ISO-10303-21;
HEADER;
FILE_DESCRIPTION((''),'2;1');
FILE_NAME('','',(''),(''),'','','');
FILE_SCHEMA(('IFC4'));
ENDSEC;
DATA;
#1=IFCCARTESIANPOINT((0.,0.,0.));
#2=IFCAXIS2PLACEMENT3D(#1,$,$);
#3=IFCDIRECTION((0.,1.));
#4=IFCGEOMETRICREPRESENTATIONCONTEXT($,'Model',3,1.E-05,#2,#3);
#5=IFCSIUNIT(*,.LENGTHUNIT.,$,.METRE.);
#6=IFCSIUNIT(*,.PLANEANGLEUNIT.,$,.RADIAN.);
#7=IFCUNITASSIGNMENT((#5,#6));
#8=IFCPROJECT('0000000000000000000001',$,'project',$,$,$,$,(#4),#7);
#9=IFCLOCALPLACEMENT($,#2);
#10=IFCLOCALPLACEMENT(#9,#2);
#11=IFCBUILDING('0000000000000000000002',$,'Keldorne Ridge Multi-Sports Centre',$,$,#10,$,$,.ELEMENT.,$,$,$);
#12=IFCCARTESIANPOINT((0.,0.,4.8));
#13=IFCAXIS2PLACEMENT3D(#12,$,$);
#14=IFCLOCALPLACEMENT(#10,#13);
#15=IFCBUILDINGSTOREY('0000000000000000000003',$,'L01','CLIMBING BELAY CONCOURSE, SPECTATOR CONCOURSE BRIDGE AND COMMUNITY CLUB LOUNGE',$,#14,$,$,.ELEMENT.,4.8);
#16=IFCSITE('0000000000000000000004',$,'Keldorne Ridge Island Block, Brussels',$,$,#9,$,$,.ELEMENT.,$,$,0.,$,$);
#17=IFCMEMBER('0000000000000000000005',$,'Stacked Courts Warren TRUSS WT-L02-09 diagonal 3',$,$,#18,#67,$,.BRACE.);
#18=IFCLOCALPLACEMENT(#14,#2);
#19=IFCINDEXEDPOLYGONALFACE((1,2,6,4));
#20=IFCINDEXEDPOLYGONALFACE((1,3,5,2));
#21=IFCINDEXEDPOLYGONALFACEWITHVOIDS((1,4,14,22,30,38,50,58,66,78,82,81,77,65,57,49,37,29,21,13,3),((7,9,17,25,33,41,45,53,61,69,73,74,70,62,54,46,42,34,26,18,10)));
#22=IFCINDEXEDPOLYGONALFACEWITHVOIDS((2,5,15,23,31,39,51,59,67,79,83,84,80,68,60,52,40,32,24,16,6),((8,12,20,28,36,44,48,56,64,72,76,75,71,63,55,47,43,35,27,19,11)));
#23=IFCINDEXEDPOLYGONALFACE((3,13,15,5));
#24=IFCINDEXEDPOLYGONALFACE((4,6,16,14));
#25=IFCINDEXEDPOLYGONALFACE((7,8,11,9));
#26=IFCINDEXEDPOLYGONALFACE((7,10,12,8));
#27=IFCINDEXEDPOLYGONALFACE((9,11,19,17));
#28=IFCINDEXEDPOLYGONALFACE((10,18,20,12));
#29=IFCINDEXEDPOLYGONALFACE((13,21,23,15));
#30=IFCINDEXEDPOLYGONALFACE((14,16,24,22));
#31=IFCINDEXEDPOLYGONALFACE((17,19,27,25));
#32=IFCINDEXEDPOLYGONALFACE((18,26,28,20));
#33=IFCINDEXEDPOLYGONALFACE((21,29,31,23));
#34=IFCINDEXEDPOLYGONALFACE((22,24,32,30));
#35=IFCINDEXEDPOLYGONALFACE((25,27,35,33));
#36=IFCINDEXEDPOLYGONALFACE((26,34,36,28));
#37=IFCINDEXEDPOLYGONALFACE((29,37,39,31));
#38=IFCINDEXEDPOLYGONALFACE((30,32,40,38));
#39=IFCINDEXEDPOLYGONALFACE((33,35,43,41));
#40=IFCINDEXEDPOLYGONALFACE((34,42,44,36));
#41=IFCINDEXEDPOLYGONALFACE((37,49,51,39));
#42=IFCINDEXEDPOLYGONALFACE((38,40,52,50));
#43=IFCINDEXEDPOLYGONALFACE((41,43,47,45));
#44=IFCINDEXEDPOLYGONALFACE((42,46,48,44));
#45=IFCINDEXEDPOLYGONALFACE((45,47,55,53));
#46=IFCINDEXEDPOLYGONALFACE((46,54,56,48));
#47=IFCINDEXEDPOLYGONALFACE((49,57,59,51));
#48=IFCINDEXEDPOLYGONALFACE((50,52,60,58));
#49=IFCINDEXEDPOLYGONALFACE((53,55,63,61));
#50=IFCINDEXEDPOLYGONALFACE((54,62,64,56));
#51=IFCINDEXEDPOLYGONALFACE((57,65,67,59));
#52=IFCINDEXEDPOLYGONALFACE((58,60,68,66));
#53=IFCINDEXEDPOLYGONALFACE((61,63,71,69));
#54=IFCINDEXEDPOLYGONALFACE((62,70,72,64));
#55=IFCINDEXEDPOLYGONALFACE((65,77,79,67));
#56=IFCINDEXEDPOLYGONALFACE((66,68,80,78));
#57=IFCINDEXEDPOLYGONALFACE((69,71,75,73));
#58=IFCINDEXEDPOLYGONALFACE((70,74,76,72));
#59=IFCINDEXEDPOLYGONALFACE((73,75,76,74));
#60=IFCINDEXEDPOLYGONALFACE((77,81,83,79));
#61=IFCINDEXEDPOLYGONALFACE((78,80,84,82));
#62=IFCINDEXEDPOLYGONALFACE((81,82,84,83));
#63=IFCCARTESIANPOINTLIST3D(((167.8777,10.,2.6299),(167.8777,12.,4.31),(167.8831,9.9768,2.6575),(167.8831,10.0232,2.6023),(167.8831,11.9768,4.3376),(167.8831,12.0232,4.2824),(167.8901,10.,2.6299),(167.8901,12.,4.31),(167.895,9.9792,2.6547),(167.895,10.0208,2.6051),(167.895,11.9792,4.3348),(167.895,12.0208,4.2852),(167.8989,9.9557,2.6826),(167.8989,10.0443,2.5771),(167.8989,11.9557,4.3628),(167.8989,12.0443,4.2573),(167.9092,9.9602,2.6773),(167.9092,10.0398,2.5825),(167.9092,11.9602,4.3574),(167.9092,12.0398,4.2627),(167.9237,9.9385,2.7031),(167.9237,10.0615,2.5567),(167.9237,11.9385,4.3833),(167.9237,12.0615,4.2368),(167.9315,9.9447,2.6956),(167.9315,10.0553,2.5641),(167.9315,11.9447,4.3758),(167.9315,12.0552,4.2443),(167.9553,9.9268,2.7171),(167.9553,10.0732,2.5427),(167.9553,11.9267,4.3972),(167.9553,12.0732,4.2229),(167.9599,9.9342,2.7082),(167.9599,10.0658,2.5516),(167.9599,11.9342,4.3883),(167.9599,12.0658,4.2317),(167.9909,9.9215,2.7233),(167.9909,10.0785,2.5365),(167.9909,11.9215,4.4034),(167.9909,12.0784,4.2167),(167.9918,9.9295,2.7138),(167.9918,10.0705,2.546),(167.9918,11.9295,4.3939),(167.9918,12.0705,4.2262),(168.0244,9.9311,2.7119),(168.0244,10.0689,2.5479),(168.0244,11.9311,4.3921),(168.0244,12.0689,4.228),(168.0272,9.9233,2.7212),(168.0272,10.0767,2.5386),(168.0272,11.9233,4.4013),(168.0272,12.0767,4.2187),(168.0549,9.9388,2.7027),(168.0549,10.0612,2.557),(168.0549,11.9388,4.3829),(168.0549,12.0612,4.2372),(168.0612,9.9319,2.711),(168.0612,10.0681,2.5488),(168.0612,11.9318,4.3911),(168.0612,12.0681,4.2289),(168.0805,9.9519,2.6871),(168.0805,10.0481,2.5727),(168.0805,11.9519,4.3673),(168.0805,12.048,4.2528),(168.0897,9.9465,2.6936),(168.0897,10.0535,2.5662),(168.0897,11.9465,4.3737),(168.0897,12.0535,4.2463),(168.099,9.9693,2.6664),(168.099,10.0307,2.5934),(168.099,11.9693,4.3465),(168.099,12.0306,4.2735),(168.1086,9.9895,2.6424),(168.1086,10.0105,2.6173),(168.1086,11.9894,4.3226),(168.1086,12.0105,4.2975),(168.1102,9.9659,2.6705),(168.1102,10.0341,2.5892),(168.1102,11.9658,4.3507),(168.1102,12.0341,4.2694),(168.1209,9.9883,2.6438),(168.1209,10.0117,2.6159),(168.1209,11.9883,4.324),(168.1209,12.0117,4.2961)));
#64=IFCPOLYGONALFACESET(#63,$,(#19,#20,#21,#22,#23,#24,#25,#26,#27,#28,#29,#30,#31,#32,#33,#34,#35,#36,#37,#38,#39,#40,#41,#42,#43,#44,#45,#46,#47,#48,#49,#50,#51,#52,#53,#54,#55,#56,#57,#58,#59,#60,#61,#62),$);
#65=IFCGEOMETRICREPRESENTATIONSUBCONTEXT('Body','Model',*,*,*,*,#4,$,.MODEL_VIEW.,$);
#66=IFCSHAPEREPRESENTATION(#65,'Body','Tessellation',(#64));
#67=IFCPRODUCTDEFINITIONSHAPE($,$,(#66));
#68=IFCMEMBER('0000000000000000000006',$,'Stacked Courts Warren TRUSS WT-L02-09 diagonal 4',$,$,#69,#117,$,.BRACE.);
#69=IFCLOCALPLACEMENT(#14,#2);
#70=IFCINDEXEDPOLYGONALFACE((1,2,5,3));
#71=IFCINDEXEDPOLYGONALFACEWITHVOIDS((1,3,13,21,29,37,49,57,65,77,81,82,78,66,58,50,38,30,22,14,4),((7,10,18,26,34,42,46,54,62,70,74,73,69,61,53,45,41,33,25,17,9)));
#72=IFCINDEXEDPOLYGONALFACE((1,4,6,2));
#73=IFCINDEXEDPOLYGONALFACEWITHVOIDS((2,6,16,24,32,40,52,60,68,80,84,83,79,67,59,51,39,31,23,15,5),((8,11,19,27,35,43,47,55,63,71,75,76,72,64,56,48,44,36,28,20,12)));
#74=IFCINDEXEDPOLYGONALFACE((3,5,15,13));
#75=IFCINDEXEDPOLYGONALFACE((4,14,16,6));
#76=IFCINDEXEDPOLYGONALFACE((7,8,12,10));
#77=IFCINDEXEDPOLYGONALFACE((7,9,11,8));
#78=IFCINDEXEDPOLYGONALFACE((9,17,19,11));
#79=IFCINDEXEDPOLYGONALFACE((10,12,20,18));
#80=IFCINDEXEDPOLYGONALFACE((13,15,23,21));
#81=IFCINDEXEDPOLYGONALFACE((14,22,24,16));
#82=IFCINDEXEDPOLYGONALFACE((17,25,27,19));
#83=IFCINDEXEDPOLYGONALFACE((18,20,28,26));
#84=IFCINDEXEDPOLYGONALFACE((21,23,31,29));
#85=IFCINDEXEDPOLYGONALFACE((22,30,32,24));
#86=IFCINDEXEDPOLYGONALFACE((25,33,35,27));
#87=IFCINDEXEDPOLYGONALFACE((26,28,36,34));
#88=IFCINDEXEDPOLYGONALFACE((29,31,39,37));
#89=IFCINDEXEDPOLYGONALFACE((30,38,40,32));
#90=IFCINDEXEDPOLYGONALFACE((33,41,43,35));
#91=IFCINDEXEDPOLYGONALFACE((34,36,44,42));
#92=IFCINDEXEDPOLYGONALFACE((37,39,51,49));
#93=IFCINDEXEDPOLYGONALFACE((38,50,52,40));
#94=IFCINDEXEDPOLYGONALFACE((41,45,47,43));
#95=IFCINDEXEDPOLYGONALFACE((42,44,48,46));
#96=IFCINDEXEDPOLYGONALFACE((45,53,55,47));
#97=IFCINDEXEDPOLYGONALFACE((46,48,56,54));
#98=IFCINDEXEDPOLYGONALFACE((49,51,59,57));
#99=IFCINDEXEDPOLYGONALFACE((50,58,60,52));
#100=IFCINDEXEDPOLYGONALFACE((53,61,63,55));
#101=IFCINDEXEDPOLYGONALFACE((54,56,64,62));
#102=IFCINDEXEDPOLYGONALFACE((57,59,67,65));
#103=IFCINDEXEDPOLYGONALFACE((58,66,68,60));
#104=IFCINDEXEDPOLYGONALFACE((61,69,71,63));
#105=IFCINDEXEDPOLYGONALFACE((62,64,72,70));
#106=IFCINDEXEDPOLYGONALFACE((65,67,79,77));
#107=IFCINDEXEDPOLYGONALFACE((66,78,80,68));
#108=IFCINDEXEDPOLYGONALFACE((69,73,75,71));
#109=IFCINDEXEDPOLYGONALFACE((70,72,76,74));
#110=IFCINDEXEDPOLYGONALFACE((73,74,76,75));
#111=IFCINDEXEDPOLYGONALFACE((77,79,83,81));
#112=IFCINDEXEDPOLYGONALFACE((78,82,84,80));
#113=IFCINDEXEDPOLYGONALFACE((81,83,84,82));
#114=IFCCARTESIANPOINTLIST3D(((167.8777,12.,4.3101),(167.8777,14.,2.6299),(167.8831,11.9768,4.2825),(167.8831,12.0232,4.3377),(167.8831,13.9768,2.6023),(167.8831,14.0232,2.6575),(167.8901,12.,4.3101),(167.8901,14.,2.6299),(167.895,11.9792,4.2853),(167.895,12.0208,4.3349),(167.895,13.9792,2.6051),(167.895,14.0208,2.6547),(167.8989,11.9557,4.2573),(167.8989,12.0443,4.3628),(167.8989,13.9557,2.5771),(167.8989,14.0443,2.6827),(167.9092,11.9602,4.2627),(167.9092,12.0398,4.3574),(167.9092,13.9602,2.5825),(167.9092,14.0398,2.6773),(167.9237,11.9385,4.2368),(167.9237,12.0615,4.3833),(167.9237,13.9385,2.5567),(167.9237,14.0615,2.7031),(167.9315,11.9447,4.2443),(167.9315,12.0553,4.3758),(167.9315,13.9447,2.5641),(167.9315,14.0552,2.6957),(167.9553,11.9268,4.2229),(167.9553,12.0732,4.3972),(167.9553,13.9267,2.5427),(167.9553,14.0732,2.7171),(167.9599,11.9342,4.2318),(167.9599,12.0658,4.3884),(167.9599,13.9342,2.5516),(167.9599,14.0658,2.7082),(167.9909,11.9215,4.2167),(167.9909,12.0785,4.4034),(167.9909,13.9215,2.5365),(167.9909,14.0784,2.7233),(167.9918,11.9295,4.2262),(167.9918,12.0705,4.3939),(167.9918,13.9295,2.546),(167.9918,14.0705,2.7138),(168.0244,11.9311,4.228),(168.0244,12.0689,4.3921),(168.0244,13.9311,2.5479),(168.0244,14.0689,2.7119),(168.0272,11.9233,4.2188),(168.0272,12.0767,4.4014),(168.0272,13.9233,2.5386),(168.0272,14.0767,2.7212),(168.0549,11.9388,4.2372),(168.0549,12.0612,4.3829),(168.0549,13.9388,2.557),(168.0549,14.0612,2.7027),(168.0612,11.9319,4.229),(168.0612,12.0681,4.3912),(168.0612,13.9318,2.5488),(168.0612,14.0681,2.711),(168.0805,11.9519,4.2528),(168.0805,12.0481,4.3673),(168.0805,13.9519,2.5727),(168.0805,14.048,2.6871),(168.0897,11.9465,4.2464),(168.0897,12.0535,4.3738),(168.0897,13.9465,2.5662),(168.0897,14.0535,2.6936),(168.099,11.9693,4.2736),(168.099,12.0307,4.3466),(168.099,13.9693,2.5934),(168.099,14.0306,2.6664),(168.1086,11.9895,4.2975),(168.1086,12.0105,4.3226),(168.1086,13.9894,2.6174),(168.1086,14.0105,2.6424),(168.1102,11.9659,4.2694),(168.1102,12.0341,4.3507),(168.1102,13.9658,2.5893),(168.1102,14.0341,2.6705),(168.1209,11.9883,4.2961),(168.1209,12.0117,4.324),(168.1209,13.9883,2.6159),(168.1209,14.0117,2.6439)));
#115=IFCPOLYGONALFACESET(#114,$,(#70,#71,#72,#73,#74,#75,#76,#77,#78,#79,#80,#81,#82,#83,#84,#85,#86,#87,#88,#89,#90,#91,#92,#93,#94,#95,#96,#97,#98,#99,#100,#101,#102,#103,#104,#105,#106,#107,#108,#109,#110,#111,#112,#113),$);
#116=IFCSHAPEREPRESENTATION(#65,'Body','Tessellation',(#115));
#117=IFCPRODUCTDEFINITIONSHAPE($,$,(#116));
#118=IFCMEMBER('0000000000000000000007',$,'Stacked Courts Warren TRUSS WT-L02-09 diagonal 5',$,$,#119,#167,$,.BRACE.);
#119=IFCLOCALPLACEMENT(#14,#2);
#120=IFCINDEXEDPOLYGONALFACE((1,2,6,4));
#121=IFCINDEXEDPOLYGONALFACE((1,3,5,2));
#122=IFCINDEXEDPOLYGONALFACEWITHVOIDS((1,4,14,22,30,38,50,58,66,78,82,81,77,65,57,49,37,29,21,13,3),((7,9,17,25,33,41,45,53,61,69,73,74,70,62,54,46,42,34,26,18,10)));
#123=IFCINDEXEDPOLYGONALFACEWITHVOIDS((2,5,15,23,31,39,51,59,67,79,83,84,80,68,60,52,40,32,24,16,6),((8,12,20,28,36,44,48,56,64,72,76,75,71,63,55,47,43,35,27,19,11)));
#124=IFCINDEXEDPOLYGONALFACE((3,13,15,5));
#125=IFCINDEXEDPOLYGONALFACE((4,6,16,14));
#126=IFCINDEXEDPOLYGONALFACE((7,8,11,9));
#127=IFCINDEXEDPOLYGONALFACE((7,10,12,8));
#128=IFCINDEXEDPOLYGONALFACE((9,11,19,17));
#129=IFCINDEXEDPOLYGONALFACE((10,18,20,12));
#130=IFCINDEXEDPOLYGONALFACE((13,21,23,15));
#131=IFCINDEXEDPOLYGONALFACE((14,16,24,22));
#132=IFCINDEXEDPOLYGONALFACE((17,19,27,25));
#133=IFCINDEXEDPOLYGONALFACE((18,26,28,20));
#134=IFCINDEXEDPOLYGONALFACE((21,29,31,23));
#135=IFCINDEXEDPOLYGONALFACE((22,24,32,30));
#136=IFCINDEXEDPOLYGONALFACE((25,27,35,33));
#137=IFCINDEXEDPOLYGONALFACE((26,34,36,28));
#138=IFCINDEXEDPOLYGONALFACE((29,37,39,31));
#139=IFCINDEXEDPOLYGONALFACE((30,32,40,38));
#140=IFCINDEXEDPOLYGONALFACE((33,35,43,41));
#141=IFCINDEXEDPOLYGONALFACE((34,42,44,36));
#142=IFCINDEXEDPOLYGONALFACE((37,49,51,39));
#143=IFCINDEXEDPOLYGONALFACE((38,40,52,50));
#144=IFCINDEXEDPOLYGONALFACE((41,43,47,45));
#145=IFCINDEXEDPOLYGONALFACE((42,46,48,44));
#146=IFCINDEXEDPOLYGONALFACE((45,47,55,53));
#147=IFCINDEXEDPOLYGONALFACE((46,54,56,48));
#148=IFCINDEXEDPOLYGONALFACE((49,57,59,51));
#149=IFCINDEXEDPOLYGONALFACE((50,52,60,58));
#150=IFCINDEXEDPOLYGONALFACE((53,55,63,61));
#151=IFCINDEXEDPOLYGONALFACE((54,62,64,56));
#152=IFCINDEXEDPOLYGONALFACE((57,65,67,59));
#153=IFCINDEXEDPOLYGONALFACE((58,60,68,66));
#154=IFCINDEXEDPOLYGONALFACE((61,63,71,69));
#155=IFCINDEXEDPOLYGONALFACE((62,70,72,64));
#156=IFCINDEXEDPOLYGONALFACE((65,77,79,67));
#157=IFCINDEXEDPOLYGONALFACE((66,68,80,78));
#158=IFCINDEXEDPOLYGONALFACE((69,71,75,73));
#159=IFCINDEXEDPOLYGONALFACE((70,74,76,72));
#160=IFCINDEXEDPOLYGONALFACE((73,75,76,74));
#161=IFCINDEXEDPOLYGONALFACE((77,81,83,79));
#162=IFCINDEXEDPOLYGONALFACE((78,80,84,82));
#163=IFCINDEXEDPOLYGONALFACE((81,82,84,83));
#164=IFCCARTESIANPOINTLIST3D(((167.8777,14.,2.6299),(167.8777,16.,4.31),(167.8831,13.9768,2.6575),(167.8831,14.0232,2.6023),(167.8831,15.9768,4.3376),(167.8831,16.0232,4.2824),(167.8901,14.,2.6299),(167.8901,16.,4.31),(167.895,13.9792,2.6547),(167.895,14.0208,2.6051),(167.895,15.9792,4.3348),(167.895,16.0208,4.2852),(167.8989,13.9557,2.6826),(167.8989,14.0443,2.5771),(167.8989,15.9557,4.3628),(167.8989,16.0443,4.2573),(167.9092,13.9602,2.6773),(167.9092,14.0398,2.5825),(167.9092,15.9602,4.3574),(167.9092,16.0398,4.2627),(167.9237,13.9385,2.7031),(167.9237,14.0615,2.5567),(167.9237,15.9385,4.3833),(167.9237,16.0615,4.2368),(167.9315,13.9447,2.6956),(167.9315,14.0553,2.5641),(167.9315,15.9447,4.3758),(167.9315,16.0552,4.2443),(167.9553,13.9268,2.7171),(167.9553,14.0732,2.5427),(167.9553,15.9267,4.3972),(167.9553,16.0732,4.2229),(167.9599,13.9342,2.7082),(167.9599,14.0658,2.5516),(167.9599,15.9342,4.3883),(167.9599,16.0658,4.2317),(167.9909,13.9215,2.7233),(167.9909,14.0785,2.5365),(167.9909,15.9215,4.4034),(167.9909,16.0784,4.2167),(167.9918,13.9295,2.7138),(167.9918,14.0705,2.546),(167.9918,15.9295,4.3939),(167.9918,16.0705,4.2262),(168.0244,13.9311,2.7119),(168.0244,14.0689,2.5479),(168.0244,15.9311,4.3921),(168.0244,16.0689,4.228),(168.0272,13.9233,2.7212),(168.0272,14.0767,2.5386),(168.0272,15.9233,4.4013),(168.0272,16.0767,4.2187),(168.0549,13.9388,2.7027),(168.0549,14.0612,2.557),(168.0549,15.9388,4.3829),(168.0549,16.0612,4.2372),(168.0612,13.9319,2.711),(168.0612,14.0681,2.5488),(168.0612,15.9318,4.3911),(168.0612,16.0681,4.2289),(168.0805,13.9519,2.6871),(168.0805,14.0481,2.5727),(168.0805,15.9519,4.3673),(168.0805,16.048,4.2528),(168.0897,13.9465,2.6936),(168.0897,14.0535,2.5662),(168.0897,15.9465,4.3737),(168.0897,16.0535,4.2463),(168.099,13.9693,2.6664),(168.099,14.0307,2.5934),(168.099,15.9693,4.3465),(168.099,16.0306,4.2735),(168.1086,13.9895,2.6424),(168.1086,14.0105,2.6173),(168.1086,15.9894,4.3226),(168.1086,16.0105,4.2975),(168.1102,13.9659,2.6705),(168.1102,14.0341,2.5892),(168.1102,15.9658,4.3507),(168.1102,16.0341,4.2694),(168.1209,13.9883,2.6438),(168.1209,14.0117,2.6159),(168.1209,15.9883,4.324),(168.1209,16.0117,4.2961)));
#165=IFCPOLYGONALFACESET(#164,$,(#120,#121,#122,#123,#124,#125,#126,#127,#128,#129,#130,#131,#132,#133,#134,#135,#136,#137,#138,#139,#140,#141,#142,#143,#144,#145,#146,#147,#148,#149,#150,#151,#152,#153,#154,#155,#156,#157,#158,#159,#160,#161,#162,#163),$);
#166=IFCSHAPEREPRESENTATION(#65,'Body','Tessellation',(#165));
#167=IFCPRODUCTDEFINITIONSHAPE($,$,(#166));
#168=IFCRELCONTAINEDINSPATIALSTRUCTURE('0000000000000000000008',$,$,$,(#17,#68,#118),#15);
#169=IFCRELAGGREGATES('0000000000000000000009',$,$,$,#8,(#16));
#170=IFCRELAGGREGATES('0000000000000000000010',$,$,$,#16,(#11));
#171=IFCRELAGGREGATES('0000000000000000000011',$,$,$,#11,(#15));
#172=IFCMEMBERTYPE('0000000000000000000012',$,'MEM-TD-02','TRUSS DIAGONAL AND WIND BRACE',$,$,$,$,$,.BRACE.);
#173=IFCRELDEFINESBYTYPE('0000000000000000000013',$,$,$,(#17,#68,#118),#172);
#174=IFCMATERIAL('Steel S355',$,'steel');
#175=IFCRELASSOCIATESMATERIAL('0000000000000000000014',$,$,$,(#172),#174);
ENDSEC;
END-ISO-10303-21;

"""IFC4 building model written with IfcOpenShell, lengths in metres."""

from ifc_helpers import new_model, si_unit, direction, frame, origin, origin_2d, place, context, subcontext, project, spatial, hollow_circle, extrude, material, material_profile, profile_set, type_object, element, save


model = new_model("IFC4")

# Units and contexts
model_context = context("Model", 3, precision=1e-05, world=origin(), true_north=direction((0.0, 1.0)))
body_context = subcontext(model_context, "Body", "Model", "MODEL_VIEW")
ifc_project = project(units=[si_unit("LENGTHUNIT", "METRE"), si_unit("PLANEANGLEUNIT", "RADIAN")], contexts=[model_context])

# Site, building, storey
site_placement = place(None, origin())
site = spatial("IfcSite", under=ifc_project, at=site_placement, Name="Keldorne Ridge Island Block, Brussels", CompositionType="ELEMENT", RefElevation=0.0)
building_placement = place(site_placement, origin())
building = spatial("IfcBuilding", under=site, at=building_placement, Name="Keldorne Ridge Multi-Sports Centre", CompositionType="ELEMENT")
storey_placement = place(building_placement, frame((0.0, 0.0, 4.8)))
storey = spatial("IfcBuildingStorey", under=building, at=storey_placement, Name="L01", Description="CLIMBING BELAY CONCOURSE, SPECTATOR CONCOURSE BRIDGE AND COMMUNITY CLUB LOUNGE", CompositionType="ELEMENT", Elevation=4.8)

# Shared definitions
ifc_material_1 = material(Name="Steel S355", Category="steel")

# Members
ifc_material_profile_1 = material_profile(ifc_material_1, hollow_circle(Radius=0.1223, WallThickness=0.0125, at=origin_2d()), Name="CHS 244.5x12.5")
ifc_profile_set_1 = profile_set([ifc_material_profile_1], Name="Steel S355")
member_type_1 = type_object("IfcMemberType", Name="MEM-TD-02", Description="TRUSS DIAGONAL AND WIND BRACE", PredefinedType="BRACE", material=ifc_profile_set_1)
for number, where, z_axis, x_axis, name in (
    (1, (168.0, 10.0, 2.6299), (0.0, 0.765672, 0.643232), (-1.0, 0.0, 0.0), "Stacked Courts Warren TRUSS WT-L02-09 diagonal 3"),
    (2, (168.0, 12.0, 4.3101), (0.0, 0.765672, -0.643232), (-1.0, 0.0, 0.0), "Stacked Courts Warren TRUSS WT-L02-09 diagonal 4"),
    (3, (168.0, 14.0, 2.6299), (0.0, 0.765672, 0.643232), (-1.0, 0.0, 0.0), "Stacked Courts Warren TRUSS WT-L02-09 diagonal 5"),
):
    element("IfcMember", number, at=place(storey_placement, frame(where, z_axis=z_axis, x_axis=x_axis)), inside=storey, type_object=member_type_1, Name=name, PredefinedType="BRACE", context=body_context, shape_type="SweptSolid", body=[
        extrude(hollow_circle(Radius=0.1223, WallThickness=0.0125, at=origin_2d()), origin(), (0.0, 0.0, 1.0), 2.6121),
    ])

save(model, "model.ifc")
